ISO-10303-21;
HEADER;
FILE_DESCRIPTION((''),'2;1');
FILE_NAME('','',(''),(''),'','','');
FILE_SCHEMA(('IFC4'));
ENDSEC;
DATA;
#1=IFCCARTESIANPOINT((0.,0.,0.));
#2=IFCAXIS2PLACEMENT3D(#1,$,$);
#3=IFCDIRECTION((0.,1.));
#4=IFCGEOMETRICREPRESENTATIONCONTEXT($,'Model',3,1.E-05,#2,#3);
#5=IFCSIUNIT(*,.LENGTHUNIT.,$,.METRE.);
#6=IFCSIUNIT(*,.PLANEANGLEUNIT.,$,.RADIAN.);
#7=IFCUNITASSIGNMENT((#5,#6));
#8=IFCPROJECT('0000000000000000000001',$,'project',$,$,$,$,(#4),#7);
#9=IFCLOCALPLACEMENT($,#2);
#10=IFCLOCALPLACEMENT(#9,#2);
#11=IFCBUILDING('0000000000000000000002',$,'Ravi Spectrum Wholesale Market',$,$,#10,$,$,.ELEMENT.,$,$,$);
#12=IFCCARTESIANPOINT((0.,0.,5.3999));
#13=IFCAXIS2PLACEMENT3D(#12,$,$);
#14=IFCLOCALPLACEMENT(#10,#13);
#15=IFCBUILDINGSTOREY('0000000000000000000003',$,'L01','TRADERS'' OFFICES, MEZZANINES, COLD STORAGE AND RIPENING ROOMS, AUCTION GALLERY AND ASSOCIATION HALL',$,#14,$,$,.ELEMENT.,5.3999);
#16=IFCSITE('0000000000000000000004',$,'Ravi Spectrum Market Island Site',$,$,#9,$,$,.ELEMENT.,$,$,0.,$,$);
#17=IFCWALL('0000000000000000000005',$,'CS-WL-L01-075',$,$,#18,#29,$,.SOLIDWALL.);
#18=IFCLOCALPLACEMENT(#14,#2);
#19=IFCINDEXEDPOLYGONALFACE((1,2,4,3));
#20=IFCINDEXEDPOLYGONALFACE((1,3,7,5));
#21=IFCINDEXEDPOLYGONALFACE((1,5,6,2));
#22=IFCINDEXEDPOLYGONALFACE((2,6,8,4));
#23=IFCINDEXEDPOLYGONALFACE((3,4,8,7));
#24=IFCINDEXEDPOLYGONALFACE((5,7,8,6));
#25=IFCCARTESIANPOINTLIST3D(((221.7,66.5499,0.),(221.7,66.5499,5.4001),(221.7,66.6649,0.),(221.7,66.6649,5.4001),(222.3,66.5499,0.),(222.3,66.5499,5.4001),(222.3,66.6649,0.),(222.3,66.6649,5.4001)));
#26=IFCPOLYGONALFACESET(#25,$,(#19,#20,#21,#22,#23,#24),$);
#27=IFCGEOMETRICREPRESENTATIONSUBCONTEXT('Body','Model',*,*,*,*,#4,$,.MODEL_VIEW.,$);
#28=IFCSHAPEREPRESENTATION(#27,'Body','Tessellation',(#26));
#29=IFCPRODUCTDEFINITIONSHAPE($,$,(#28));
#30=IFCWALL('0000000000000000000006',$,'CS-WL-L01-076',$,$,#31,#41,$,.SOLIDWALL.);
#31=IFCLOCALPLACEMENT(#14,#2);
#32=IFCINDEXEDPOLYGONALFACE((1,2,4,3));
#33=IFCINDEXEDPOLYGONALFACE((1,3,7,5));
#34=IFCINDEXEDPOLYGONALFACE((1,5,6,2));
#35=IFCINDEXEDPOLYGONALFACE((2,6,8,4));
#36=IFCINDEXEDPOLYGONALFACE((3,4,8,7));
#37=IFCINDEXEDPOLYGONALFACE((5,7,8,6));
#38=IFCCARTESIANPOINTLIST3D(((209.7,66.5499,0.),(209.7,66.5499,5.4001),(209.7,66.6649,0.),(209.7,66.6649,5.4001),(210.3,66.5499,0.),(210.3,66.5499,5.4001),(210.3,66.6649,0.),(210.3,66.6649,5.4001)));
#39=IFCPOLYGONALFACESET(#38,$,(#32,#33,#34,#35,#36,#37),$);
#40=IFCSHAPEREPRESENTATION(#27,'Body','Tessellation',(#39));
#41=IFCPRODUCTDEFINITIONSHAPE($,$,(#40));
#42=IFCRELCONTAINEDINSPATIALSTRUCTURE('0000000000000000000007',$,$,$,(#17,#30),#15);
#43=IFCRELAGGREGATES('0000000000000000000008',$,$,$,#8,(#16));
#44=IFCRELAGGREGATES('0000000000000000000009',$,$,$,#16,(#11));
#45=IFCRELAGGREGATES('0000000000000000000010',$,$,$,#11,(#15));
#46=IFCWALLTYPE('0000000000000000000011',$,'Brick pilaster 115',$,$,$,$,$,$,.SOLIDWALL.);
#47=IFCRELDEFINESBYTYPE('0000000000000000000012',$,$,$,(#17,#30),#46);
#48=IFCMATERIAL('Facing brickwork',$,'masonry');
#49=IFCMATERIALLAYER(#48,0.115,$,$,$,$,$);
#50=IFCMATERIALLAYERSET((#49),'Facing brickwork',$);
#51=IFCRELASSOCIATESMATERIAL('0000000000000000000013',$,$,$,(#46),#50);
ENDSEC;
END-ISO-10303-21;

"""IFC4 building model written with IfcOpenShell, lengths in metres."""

from ifc_helpers import new_model, si_unit, direction, frame, frame_2d, origin, place, context, subcontext, project, spatial, rectangle, extrude, material, layer, layer_set, type_object, element, save


model = new_model("IFC4")

# Units and contexts
model_context = context("Model", 3, precision=1e-05, world=origin(), true_north=direction((0.0, 1.0)))
body_context = subcontext(model_context, "Body", "Model", "MODEL_VIEW")
ifc_project = project(units=[si_unit("LENGTHUNIT", "METRE"), si_unit("PLANEANGLEUNIT", "RADIAN")], contexts=[model_context])

# Site, building, storey
site_placement = place(None, origin())
site = spatial("IfcSite", under=ifc_project, at=site_placement, Name="Ravi Spectrum Market Island Site", CompositionType="ELEMENT", RefElevation=0.0)
building_placement = place(site_placement, origin())
building = spatial("IfcBuilding", under=site, at=building_placement, Name="Ravi Spectrum Wholesale Market", CompositionType="ELEMENT")
storey_placement = place(building_placement, frame((0.0, 0.0, 5.3999)))
storey = spatial("IfcBuildingStorey", under=building, at=storey_placement, Name="L01", Description="TRADERS' OFFICES, MEZZANINES, COLD STORAGE AND RIPENING ROOMS, AUCTION GALLERY AND ASSOCIATION HALL", CompositionType="ELEMENT", Elevation=5.3999)

# Walls
ifc_material_1 = material(Name="Facing brickwork", Category="masonry")
ifc_layer = layer(ifc_material_1, 0.115)
ifc_layer_set = layer_set([ifc_layer], Name="Facing brickwork")
wall_type = type_object("IfcWallType", Name="Brick pilaster 115", PredefinedType="SOLIDWALL", material=ifc_layer_set)
for number, where, z_axis, x_axis, name in (
    (1, (222.3, 66.6074, 0.0), (0.0, 0.0, 1.0), (-1.0, 0.0, 0.0), "CS-WL-L01-075"),
    (2, (210.3, 66.6074, 0.0), (0.0, 0.0, 1.0), (-1.0, 0.0, 0.0), "CS-WL-L01-076"),
):
    element("IfcWall", number, at=place(storey_placement, frame(where, z_axis=z_axis, x_axis=x_axis)), inside=storey, type_object=wall_type, Name=name, PredefinedType="SOLIDWALL", context=body_context, shape_type="SweptSolid", body=[
        extrude(rectangle(XDim=0.6001, YDim=0.115, at=frame_2d((0.3, 0.0))), origin(), (0.0, 0.0, 1.0), 5.4001),
    ])

save(model, "model.ifc")
